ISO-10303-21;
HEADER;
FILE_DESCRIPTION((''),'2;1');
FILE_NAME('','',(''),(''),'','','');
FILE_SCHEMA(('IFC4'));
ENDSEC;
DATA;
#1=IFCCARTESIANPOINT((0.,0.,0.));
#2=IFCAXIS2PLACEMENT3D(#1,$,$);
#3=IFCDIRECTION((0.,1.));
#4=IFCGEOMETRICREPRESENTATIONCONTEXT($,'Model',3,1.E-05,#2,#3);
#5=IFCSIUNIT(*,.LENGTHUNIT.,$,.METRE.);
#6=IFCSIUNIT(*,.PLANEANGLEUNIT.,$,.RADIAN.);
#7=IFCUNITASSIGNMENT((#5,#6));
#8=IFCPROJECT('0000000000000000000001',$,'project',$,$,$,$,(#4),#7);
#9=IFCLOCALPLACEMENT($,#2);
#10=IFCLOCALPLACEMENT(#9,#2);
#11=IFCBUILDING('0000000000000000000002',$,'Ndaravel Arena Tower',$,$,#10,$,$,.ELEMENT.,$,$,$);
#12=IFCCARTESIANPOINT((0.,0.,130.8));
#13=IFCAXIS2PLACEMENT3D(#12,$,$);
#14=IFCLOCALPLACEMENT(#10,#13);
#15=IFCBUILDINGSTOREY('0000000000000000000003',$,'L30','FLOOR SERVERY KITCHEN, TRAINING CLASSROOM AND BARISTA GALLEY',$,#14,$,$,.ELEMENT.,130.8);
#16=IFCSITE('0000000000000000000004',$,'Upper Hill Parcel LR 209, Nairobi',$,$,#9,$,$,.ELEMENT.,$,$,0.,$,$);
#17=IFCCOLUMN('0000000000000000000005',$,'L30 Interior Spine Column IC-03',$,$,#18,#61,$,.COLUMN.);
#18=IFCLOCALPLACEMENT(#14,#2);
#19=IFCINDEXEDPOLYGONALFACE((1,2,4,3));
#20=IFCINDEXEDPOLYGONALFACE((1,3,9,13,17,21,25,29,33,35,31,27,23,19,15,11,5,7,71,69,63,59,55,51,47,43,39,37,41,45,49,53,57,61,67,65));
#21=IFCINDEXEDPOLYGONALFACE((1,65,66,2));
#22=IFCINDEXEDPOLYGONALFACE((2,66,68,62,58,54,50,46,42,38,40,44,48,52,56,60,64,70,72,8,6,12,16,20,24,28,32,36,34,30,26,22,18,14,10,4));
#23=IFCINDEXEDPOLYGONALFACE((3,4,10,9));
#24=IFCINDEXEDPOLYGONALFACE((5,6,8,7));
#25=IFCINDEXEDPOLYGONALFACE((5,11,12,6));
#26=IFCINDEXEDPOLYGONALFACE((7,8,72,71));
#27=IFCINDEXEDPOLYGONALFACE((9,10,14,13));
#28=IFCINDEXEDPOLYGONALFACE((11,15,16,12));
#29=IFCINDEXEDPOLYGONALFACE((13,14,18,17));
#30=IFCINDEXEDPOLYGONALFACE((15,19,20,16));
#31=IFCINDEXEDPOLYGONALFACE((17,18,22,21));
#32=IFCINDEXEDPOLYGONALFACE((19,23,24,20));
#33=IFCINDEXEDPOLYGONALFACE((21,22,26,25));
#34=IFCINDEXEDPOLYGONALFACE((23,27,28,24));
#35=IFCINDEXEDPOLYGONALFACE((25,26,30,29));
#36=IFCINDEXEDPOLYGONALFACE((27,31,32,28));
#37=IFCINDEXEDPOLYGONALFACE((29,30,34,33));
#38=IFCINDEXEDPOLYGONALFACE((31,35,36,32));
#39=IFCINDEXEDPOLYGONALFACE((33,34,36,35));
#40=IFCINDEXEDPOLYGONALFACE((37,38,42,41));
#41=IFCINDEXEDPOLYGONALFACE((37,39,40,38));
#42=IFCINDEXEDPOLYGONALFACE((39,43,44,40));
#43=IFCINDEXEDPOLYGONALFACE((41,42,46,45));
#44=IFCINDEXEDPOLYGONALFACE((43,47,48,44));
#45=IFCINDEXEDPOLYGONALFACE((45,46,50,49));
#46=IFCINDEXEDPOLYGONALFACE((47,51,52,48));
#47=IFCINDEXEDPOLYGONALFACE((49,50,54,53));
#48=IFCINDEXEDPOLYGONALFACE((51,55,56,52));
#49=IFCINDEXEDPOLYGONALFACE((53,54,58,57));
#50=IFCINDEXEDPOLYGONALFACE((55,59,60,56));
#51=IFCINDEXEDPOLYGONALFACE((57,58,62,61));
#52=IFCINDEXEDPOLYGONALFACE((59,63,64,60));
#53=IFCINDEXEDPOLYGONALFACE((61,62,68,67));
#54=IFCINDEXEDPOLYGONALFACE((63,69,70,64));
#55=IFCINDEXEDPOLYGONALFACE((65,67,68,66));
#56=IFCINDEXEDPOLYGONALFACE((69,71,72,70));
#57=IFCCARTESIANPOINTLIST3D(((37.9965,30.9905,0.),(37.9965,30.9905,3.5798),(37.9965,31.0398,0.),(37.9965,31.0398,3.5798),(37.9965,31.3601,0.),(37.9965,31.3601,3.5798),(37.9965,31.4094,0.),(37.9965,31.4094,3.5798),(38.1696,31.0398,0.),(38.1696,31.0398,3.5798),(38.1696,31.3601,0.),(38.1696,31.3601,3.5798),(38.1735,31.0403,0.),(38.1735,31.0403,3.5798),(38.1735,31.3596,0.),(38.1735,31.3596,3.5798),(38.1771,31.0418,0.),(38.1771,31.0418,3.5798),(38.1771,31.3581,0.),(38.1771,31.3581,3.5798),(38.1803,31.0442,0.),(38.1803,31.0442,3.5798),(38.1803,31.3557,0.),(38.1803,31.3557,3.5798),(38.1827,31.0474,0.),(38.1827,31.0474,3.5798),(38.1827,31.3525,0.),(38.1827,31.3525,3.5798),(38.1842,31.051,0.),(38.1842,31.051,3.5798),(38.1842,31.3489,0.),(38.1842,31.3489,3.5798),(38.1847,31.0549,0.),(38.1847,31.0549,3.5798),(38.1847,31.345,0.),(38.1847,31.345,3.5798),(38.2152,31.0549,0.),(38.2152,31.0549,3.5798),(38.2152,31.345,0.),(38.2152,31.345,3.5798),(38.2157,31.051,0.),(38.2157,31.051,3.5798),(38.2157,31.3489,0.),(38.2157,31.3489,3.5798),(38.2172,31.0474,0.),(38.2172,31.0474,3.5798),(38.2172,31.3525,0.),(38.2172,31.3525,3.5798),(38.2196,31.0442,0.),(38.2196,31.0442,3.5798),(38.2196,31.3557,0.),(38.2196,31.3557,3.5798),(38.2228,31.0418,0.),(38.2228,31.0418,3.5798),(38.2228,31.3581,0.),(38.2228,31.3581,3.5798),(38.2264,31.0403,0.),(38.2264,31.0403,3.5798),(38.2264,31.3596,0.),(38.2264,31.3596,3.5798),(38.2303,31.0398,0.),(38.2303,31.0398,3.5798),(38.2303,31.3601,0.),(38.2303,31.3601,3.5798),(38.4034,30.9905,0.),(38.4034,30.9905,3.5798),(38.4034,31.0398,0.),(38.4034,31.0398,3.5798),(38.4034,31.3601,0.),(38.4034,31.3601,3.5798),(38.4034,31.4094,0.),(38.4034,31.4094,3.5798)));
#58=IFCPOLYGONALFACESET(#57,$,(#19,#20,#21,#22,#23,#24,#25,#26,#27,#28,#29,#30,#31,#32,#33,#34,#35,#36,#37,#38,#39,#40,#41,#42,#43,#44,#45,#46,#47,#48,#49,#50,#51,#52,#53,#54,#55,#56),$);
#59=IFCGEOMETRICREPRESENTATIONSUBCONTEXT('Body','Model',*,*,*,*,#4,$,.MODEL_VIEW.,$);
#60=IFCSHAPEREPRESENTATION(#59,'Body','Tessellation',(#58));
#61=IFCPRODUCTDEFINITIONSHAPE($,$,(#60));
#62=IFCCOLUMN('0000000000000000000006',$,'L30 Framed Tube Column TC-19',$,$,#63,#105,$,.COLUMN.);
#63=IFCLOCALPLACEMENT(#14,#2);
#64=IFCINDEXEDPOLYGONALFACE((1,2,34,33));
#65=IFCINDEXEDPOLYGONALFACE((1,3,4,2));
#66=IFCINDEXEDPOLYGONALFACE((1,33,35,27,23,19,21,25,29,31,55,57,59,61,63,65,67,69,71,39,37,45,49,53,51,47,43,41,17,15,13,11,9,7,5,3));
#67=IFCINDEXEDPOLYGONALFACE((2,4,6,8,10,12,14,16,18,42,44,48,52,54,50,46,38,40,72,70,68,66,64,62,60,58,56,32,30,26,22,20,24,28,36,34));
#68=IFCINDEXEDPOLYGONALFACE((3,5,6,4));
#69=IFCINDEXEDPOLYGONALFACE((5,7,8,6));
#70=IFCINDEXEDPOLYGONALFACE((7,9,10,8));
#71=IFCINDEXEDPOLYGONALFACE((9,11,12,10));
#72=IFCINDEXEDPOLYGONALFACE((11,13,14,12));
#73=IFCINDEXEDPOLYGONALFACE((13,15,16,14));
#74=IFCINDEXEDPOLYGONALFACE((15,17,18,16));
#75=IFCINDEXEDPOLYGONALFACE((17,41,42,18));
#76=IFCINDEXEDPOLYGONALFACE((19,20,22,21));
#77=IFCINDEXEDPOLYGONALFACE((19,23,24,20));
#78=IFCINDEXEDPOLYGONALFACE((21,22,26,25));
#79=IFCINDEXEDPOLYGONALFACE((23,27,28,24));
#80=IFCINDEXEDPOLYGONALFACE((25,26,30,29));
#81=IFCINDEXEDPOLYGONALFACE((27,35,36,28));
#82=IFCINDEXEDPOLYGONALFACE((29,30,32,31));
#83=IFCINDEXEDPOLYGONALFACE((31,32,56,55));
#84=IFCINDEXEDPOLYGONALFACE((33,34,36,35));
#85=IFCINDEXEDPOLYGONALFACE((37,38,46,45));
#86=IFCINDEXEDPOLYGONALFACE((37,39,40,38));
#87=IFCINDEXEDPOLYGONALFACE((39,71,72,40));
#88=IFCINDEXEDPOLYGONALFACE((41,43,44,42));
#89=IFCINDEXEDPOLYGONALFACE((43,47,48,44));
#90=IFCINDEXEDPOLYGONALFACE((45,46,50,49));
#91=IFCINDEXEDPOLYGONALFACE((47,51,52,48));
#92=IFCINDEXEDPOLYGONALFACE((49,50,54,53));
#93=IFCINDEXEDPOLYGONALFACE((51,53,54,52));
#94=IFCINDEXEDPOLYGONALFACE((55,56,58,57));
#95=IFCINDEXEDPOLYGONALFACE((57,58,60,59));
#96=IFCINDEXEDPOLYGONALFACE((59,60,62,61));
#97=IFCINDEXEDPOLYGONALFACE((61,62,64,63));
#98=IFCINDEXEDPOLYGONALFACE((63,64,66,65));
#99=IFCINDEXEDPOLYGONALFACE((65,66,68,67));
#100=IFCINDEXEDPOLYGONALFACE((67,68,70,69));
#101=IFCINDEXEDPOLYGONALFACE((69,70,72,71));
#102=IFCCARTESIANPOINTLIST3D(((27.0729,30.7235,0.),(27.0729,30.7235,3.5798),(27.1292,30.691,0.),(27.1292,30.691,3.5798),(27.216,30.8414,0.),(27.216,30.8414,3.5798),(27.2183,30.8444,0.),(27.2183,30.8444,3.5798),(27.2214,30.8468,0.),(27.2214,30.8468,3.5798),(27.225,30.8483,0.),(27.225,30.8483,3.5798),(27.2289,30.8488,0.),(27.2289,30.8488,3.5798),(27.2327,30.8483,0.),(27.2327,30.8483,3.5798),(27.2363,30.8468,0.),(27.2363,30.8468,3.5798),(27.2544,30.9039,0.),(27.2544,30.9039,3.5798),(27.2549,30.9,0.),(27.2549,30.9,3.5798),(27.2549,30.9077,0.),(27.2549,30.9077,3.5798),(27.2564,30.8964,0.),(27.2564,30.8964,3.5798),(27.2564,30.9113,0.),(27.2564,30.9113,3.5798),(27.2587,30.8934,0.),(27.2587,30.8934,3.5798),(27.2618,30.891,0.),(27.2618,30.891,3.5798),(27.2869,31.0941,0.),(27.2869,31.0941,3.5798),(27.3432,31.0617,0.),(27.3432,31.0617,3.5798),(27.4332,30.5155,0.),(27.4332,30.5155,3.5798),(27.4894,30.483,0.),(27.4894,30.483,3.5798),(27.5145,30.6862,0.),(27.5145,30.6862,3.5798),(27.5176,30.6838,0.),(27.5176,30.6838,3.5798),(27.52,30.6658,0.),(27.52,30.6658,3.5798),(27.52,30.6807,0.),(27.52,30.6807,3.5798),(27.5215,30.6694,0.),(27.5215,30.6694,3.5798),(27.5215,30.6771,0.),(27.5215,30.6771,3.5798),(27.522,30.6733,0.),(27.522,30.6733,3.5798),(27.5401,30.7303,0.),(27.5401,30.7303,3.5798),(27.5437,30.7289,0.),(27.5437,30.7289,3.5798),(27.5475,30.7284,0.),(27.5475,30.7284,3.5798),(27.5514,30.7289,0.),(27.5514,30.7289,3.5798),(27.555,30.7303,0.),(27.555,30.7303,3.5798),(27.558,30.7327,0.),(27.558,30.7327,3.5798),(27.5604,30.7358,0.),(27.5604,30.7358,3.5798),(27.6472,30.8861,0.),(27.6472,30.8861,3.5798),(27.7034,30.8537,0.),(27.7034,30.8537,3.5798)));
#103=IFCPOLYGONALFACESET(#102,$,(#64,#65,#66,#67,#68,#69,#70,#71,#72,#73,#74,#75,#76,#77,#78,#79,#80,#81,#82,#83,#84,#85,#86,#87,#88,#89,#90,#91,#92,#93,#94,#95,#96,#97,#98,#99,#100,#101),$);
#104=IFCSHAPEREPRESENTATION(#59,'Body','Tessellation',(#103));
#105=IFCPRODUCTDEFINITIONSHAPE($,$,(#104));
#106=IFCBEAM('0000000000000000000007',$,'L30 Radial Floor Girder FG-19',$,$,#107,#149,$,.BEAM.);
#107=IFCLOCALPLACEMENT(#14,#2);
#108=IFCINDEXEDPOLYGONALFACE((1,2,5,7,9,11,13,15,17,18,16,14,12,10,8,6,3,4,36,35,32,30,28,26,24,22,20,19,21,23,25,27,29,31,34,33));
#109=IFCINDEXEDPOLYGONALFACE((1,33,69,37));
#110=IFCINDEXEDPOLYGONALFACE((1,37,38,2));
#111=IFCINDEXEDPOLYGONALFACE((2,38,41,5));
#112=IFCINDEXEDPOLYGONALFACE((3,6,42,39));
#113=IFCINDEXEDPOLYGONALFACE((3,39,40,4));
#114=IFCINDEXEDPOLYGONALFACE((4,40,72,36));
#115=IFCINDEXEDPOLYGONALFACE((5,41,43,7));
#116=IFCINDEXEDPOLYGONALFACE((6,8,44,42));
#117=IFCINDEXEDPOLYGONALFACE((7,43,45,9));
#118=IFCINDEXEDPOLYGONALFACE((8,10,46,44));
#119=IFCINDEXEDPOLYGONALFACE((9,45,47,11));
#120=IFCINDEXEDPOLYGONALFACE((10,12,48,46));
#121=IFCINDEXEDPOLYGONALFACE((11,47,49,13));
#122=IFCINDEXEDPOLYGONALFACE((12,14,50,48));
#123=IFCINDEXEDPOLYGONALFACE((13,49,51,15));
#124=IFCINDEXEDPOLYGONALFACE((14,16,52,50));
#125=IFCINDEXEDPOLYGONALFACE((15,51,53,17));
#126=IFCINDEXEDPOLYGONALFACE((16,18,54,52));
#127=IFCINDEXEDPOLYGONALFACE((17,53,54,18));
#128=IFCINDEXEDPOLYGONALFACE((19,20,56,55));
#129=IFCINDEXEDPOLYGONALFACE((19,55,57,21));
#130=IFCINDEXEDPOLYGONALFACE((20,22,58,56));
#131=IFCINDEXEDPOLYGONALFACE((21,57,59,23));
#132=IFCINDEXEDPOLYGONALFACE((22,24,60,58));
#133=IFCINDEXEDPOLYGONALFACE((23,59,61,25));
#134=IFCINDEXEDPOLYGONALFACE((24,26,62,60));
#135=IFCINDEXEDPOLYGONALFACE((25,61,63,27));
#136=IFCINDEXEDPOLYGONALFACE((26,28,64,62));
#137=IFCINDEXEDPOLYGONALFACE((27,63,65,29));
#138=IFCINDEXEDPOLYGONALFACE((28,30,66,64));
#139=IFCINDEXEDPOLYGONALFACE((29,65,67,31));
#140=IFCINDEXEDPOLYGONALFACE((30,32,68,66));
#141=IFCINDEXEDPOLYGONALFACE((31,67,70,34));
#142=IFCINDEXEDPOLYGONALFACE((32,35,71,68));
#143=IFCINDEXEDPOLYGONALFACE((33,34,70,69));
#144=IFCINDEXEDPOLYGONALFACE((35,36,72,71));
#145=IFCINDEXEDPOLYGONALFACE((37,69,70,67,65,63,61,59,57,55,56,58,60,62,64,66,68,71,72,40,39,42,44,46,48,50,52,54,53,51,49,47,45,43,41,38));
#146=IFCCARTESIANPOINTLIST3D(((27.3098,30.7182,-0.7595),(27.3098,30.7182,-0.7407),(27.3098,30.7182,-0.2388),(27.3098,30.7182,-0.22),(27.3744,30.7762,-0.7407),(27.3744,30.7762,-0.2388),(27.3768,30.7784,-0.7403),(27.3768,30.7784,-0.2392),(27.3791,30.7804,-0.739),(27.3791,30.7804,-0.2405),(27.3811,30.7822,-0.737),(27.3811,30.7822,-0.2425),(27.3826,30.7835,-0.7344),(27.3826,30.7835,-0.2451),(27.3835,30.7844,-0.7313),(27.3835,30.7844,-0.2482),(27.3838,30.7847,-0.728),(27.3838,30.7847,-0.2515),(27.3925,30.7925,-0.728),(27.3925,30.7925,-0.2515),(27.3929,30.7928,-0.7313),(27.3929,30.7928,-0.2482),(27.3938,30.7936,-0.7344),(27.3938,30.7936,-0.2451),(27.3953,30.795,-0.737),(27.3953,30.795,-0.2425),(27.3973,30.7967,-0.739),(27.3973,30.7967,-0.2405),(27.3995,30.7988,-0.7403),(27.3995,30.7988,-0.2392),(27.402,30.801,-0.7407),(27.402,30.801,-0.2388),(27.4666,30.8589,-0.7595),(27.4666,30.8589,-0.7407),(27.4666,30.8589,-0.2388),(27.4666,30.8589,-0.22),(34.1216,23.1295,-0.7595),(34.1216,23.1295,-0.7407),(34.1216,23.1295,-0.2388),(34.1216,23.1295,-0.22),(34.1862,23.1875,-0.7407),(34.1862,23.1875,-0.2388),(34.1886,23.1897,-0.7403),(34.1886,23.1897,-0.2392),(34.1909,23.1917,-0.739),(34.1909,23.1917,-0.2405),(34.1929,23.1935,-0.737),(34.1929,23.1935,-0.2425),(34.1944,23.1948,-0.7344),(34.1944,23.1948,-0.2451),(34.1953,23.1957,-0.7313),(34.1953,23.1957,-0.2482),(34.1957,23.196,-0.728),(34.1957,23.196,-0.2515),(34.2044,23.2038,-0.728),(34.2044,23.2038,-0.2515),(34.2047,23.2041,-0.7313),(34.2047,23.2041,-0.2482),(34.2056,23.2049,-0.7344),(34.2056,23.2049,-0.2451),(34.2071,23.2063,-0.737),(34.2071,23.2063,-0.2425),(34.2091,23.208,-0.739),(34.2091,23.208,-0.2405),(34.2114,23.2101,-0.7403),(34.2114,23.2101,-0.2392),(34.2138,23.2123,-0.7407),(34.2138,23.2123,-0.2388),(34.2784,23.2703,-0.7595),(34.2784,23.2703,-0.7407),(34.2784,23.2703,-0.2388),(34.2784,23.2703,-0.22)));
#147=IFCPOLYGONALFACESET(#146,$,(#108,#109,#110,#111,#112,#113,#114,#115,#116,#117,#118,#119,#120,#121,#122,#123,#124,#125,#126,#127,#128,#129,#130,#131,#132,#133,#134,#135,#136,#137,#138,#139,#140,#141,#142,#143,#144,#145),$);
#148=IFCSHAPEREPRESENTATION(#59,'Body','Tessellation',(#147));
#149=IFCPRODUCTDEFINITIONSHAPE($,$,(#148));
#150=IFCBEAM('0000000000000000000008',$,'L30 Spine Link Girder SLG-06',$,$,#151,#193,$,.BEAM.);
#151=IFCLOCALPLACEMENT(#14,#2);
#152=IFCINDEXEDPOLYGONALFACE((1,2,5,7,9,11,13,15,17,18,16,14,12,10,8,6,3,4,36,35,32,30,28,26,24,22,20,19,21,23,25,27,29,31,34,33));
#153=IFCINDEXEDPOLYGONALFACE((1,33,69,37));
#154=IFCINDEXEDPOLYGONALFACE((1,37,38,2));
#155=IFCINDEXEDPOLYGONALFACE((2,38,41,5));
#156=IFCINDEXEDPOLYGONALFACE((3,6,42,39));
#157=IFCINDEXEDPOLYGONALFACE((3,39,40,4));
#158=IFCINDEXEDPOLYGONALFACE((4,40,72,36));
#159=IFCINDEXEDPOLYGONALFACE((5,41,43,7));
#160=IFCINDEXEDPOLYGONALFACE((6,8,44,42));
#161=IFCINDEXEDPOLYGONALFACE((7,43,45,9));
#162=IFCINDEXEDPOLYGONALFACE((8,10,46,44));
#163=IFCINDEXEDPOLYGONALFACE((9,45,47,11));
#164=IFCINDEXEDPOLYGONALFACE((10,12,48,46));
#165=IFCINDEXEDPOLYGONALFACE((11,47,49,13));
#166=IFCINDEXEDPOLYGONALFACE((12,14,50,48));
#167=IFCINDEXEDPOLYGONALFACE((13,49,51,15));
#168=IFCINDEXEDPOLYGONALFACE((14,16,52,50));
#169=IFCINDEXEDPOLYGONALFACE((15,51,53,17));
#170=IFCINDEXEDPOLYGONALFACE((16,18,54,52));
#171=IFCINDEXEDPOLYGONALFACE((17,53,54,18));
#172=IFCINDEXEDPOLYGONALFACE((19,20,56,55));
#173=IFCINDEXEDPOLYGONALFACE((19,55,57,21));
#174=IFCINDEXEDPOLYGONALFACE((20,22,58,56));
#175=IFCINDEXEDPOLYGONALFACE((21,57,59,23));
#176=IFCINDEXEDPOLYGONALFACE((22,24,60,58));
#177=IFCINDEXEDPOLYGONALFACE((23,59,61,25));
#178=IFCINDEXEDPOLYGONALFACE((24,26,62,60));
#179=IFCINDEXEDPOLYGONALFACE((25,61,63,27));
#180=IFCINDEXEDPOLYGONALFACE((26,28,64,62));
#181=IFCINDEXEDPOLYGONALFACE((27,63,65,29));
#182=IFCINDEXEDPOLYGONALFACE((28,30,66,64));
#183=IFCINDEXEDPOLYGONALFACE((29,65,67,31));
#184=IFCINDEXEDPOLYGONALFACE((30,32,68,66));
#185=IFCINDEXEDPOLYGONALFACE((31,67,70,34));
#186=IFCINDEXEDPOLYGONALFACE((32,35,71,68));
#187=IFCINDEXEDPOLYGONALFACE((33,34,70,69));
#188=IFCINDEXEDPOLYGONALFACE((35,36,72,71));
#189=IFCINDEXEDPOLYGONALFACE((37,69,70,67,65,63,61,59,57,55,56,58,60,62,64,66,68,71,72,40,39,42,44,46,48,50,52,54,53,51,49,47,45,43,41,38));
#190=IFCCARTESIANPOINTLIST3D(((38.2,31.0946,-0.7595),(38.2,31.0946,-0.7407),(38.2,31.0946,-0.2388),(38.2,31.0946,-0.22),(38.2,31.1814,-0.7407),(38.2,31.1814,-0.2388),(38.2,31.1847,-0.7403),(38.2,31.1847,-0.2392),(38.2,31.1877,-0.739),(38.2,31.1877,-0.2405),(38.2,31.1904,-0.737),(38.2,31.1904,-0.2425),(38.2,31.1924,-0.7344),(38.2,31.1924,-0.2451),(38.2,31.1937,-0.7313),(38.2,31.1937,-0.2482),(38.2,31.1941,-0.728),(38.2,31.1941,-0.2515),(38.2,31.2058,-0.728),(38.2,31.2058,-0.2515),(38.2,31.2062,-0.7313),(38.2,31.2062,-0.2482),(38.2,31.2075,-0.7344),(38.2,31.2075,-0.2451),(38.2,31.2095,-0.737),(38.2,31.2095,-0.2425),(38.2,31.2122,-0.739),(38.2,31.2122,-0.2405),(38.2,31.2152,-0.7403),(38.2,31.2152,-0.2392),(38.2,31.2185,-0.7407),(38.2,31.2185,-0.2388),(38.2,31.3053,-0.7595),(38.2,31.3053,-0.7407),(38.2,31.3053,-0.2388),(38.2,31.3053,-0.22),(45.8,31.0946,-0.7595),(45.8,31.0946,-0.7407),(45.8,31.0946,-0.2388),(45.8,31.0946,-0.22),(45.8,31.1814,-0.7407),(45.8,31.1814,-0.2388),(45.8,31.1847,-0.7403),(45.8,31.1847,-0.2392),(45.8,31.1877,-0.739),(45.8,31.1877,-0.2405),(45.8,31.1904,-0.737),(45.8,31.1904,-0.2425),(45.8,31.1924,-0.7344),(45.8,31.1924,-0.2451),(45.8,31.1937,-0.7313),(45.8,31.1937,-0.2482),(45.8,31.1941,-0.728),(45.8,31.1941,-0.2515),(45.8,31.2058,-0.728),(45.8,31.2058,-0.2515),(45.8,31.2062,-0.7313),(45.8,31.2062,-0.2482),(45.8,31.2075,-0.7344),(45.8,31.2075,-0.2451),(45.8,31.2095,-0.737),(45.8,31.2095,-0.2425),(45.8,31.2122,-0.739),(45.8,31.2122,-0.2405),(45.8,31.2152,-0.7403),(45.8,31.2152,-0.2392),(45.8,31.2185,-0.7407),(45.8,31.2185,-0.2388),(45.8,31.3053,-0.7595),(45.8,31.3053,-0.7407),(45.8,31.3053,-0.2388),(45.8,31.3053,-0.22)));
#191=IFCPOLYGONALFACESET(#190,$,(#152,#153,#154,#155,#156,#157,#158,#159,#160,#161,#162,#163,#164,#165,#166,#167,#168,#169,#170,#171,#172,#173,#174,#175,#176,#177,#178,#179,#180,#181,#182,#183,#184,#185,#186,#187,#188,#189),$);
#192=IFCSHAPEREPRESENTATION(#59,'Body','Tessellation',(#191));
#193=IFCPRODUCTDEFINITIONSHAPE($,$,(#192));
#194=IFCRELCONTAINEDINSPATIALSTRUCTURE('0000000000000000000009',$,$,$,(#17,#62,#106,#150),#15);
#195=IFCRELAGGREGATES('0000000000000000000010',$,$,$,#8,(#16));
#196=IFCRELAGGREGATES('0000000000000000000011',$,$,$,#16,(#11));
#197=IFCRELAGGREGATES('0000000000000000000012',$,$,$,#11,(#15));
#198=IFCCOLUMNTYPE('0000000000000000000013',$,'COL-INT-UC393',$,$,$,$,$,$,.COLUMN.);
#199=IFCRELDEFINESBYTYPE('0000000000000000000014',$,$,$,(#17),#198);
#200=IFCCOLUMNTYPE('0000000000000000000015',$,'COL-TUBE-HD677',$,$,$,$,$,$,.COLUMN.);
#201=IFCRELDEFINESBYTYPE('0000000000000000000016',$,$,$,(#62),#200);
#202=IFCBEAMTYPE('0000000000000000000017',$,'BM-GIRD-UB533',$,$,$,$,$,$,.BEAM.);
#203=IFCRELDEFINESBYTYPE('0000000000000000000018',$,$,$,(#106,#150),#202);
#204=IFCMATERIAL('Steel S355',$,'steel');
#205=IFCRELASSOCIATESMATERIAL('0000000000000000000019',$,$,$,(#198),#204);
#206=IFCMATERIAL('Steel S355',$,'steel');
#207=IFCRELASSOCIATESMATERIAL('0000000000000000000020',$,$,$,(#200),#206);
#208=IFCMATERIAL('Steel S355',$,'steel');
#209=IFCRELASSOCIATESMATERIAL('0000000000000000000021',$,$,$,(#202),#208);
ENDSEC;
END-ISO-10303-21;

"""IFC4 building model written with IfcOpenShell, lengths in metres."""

from ifc_helpers import new_model, si_unit, direction, frame, origin, origin_2d, place, context, subcontext, project, spatial, i_section, extrude, material, material_profile, profile_set, type_object, element, save


model = new_model("IFC4")

# Units and contexts
model_context = context("Model", 3, precision=1e-05, world=origin(), true_north=direction((0.0, 1.0)))
body_context = subcontext(model_context, "Body", "Model", "MODEL_VIEW")
ifc_project = project(units=[si_unit("LENGTHUNIT", "METRE"), si_unit("PLANEANGLEUNIT", "RADIAN")], contexts=[model_context])

# Site, building, storey
site_placement = place(None, origin())
site = spatial("IfcSite", under=ifc_project, at=site_placement, Name="Upper Hill Parcel LR 209, Nairobi", CompositionType="ELEMENT", RefElevation=0.0)
building_placement = place(site_placement, origin())
building = spatial("IfcBuilding", under=site, at=building_placement, Name="Ndaravel Arena Tower", CompositionType="ELEMENT")
storey_placement = place(building_placement, frame((0.0, 0.0, 130.8)))
storey = spatial("IfcBuildingStorey", under=building, at=storey_placement, Name="L30", Description="FLOOR SERVERY KITCHEN, TRAINING CLASSROOM AND BARISTA GALLEY", CompositionType="ELEMENT", Elevation=130.8)

# Columns
ifc_material_1 = material(Name="Steel S355", Category="steel")
ifc_material_profile_1 = material_profile(ifc_material_1, i_section(OverallWidth=0.407, OverallDepth=0.4189, WebThickness=0.0305, FlangeThickness=0.0493, FilletRadius=0.0151, at=origin_2d()), Name="UC 356x406x393")
ifc_profile_set_1 = profile_set([ifc_material_profile_1], Name="Steel S355")
column_type_1 = type_object("IfcColumnType", Name="COL-INT-UC393", PredefinedType="COLUMN", material=ifc_profile_set_1)
column_1_placement = place(storey_placement, frame((38.2, 31.2, 0.0), z_axis=(0.0, 0.0, 1.0), x_axis=(1.0, 0.0, 0.0)))
element("IfcColumn", 1, at=column_1_placement, inside=storey, type_object=column_type_1, Name="L30 Interior Spine Column IC-03", PredefinedType="COLUMN", context=body_context, shape_type="SweptSolid", body=[
    extrude(i_section(OverallWidth=0.407, OverallDepth=0.4189, WebThickness=0.0305, FlangeThickness=0.0493, FilletRadius=0.0151, at=origin_2d()), origin(), (0.0, 0.0, 1.0), 3.5798),
])
ifc_material_2 = material(Name="Steel S355", Category="steel")
ifc_material_profile_2 = material_profile(ifc_material_2, i_section(OverallWidth=0.428, OverallDepth=0.481, WebThickness=0.051, FlangeThickness=0.0649, FilletRadius=0.0149, at=origin_2d()), Name="HD 400x677")
ifc_profile_set_2 = profile_set([ifc_material_profile_2], Name="Steel S355")
column_type_2 = type_object("IfcColumnType", Name="COL-TUBE-HD677", PredefinedType="COLUMN", material=ifc_profile_set_2)
column_2_placement = place(storey_placement, frame((27.3882, 30.7886, 0.0), z_axis=(0.0, 0.0, 1.0), x_axis=(0.5, 0.866025, 0.0)))
element("IfcColumn", 2, at=column_2_placement, inside=storey, type_object=column_type_2, Name="L30 Framed Tube Column TC-19", PredefinedType="COLUMN", context=body_context, shape_type="SweptSolid", body=[
    extrude(i_section(OverallWidth=0.428, OverallDepth=0.481, WebThickness=0.051, FlangeThickness=0.0649, FilletRadius=0.0149, at=origin_2d()), origin(), (0.0, 0.0, 1.0), 3.5798),
])

# Beams
ifc_material_3 = material(Name="Steel S355", Category="steel")
ifc_material_profile_3 = material_profile(ifc_material_3, i_section(OverallWidth=0.2107, OverallDepth=0.5396, WebThickness=0.0117, FlangeThickness=0.0188, FilletRadius=0.0127, at=origin_2d()), Name="UB 533x210x109")
ifc_profile_set_3 = profile_set([ifc_material_profile_3], Name="Steel S355")
beam_type_1 = type_object("IfcBeamType", Name="BM-GIRD-UB533", PredefinedType="BEAM", material=ifc_profile_set_3)
beam_1_placement = place(storey_placement, frame((27.3882, 30.7886, -0.4897), z_axis=(0.667989, -0.744171, 0.0), x_axis=(0.744171, 0.667989, 0.0)))
element("IfcBeam", 3, at=beam_1_placement, inside=storey, type_object=beam_type_1, Name="L30 Radial Floor Girder FG-19", PredefinedType="BEAM", context=body_context, shape_type="SweptSolid", body=[
    extrude(i_section(OverallWidth=0.2107, OverallDepth=0.5396, WebThickness=0.0117, FlangeThickness=0.0188, FilletRadius=0.0127, at=origin_2d()), origin(), (0.0, 0.0, 1.0), 10.1975),
])
beam_2_placement = place(storey_placement, frame((38.2, 31.2, -0.4897), z_axis=(1.0, 0.0, 0.0), x_axis=(0.0, 1.0, 0.0)))
element("IfcBeam", 4, at=beam_2_placement, inside=storey, type_object=beam_type_1, Name="L30 Spine Link Girder SLG-06", PredefinedType="BEAM", context=body_context, shape_type="SweptSolid", body=[
    extrude(i_section(OverallWidth=0.2107, OverallDepth=0.5396, WebThickness=0.0117, FlangeThickness=0.0188, FilletRadius=0.0127, at=origin_2d()), origin(), (0.0, 0.0, 1.0), 7.6001),
])

save(model, "model.ifc")
